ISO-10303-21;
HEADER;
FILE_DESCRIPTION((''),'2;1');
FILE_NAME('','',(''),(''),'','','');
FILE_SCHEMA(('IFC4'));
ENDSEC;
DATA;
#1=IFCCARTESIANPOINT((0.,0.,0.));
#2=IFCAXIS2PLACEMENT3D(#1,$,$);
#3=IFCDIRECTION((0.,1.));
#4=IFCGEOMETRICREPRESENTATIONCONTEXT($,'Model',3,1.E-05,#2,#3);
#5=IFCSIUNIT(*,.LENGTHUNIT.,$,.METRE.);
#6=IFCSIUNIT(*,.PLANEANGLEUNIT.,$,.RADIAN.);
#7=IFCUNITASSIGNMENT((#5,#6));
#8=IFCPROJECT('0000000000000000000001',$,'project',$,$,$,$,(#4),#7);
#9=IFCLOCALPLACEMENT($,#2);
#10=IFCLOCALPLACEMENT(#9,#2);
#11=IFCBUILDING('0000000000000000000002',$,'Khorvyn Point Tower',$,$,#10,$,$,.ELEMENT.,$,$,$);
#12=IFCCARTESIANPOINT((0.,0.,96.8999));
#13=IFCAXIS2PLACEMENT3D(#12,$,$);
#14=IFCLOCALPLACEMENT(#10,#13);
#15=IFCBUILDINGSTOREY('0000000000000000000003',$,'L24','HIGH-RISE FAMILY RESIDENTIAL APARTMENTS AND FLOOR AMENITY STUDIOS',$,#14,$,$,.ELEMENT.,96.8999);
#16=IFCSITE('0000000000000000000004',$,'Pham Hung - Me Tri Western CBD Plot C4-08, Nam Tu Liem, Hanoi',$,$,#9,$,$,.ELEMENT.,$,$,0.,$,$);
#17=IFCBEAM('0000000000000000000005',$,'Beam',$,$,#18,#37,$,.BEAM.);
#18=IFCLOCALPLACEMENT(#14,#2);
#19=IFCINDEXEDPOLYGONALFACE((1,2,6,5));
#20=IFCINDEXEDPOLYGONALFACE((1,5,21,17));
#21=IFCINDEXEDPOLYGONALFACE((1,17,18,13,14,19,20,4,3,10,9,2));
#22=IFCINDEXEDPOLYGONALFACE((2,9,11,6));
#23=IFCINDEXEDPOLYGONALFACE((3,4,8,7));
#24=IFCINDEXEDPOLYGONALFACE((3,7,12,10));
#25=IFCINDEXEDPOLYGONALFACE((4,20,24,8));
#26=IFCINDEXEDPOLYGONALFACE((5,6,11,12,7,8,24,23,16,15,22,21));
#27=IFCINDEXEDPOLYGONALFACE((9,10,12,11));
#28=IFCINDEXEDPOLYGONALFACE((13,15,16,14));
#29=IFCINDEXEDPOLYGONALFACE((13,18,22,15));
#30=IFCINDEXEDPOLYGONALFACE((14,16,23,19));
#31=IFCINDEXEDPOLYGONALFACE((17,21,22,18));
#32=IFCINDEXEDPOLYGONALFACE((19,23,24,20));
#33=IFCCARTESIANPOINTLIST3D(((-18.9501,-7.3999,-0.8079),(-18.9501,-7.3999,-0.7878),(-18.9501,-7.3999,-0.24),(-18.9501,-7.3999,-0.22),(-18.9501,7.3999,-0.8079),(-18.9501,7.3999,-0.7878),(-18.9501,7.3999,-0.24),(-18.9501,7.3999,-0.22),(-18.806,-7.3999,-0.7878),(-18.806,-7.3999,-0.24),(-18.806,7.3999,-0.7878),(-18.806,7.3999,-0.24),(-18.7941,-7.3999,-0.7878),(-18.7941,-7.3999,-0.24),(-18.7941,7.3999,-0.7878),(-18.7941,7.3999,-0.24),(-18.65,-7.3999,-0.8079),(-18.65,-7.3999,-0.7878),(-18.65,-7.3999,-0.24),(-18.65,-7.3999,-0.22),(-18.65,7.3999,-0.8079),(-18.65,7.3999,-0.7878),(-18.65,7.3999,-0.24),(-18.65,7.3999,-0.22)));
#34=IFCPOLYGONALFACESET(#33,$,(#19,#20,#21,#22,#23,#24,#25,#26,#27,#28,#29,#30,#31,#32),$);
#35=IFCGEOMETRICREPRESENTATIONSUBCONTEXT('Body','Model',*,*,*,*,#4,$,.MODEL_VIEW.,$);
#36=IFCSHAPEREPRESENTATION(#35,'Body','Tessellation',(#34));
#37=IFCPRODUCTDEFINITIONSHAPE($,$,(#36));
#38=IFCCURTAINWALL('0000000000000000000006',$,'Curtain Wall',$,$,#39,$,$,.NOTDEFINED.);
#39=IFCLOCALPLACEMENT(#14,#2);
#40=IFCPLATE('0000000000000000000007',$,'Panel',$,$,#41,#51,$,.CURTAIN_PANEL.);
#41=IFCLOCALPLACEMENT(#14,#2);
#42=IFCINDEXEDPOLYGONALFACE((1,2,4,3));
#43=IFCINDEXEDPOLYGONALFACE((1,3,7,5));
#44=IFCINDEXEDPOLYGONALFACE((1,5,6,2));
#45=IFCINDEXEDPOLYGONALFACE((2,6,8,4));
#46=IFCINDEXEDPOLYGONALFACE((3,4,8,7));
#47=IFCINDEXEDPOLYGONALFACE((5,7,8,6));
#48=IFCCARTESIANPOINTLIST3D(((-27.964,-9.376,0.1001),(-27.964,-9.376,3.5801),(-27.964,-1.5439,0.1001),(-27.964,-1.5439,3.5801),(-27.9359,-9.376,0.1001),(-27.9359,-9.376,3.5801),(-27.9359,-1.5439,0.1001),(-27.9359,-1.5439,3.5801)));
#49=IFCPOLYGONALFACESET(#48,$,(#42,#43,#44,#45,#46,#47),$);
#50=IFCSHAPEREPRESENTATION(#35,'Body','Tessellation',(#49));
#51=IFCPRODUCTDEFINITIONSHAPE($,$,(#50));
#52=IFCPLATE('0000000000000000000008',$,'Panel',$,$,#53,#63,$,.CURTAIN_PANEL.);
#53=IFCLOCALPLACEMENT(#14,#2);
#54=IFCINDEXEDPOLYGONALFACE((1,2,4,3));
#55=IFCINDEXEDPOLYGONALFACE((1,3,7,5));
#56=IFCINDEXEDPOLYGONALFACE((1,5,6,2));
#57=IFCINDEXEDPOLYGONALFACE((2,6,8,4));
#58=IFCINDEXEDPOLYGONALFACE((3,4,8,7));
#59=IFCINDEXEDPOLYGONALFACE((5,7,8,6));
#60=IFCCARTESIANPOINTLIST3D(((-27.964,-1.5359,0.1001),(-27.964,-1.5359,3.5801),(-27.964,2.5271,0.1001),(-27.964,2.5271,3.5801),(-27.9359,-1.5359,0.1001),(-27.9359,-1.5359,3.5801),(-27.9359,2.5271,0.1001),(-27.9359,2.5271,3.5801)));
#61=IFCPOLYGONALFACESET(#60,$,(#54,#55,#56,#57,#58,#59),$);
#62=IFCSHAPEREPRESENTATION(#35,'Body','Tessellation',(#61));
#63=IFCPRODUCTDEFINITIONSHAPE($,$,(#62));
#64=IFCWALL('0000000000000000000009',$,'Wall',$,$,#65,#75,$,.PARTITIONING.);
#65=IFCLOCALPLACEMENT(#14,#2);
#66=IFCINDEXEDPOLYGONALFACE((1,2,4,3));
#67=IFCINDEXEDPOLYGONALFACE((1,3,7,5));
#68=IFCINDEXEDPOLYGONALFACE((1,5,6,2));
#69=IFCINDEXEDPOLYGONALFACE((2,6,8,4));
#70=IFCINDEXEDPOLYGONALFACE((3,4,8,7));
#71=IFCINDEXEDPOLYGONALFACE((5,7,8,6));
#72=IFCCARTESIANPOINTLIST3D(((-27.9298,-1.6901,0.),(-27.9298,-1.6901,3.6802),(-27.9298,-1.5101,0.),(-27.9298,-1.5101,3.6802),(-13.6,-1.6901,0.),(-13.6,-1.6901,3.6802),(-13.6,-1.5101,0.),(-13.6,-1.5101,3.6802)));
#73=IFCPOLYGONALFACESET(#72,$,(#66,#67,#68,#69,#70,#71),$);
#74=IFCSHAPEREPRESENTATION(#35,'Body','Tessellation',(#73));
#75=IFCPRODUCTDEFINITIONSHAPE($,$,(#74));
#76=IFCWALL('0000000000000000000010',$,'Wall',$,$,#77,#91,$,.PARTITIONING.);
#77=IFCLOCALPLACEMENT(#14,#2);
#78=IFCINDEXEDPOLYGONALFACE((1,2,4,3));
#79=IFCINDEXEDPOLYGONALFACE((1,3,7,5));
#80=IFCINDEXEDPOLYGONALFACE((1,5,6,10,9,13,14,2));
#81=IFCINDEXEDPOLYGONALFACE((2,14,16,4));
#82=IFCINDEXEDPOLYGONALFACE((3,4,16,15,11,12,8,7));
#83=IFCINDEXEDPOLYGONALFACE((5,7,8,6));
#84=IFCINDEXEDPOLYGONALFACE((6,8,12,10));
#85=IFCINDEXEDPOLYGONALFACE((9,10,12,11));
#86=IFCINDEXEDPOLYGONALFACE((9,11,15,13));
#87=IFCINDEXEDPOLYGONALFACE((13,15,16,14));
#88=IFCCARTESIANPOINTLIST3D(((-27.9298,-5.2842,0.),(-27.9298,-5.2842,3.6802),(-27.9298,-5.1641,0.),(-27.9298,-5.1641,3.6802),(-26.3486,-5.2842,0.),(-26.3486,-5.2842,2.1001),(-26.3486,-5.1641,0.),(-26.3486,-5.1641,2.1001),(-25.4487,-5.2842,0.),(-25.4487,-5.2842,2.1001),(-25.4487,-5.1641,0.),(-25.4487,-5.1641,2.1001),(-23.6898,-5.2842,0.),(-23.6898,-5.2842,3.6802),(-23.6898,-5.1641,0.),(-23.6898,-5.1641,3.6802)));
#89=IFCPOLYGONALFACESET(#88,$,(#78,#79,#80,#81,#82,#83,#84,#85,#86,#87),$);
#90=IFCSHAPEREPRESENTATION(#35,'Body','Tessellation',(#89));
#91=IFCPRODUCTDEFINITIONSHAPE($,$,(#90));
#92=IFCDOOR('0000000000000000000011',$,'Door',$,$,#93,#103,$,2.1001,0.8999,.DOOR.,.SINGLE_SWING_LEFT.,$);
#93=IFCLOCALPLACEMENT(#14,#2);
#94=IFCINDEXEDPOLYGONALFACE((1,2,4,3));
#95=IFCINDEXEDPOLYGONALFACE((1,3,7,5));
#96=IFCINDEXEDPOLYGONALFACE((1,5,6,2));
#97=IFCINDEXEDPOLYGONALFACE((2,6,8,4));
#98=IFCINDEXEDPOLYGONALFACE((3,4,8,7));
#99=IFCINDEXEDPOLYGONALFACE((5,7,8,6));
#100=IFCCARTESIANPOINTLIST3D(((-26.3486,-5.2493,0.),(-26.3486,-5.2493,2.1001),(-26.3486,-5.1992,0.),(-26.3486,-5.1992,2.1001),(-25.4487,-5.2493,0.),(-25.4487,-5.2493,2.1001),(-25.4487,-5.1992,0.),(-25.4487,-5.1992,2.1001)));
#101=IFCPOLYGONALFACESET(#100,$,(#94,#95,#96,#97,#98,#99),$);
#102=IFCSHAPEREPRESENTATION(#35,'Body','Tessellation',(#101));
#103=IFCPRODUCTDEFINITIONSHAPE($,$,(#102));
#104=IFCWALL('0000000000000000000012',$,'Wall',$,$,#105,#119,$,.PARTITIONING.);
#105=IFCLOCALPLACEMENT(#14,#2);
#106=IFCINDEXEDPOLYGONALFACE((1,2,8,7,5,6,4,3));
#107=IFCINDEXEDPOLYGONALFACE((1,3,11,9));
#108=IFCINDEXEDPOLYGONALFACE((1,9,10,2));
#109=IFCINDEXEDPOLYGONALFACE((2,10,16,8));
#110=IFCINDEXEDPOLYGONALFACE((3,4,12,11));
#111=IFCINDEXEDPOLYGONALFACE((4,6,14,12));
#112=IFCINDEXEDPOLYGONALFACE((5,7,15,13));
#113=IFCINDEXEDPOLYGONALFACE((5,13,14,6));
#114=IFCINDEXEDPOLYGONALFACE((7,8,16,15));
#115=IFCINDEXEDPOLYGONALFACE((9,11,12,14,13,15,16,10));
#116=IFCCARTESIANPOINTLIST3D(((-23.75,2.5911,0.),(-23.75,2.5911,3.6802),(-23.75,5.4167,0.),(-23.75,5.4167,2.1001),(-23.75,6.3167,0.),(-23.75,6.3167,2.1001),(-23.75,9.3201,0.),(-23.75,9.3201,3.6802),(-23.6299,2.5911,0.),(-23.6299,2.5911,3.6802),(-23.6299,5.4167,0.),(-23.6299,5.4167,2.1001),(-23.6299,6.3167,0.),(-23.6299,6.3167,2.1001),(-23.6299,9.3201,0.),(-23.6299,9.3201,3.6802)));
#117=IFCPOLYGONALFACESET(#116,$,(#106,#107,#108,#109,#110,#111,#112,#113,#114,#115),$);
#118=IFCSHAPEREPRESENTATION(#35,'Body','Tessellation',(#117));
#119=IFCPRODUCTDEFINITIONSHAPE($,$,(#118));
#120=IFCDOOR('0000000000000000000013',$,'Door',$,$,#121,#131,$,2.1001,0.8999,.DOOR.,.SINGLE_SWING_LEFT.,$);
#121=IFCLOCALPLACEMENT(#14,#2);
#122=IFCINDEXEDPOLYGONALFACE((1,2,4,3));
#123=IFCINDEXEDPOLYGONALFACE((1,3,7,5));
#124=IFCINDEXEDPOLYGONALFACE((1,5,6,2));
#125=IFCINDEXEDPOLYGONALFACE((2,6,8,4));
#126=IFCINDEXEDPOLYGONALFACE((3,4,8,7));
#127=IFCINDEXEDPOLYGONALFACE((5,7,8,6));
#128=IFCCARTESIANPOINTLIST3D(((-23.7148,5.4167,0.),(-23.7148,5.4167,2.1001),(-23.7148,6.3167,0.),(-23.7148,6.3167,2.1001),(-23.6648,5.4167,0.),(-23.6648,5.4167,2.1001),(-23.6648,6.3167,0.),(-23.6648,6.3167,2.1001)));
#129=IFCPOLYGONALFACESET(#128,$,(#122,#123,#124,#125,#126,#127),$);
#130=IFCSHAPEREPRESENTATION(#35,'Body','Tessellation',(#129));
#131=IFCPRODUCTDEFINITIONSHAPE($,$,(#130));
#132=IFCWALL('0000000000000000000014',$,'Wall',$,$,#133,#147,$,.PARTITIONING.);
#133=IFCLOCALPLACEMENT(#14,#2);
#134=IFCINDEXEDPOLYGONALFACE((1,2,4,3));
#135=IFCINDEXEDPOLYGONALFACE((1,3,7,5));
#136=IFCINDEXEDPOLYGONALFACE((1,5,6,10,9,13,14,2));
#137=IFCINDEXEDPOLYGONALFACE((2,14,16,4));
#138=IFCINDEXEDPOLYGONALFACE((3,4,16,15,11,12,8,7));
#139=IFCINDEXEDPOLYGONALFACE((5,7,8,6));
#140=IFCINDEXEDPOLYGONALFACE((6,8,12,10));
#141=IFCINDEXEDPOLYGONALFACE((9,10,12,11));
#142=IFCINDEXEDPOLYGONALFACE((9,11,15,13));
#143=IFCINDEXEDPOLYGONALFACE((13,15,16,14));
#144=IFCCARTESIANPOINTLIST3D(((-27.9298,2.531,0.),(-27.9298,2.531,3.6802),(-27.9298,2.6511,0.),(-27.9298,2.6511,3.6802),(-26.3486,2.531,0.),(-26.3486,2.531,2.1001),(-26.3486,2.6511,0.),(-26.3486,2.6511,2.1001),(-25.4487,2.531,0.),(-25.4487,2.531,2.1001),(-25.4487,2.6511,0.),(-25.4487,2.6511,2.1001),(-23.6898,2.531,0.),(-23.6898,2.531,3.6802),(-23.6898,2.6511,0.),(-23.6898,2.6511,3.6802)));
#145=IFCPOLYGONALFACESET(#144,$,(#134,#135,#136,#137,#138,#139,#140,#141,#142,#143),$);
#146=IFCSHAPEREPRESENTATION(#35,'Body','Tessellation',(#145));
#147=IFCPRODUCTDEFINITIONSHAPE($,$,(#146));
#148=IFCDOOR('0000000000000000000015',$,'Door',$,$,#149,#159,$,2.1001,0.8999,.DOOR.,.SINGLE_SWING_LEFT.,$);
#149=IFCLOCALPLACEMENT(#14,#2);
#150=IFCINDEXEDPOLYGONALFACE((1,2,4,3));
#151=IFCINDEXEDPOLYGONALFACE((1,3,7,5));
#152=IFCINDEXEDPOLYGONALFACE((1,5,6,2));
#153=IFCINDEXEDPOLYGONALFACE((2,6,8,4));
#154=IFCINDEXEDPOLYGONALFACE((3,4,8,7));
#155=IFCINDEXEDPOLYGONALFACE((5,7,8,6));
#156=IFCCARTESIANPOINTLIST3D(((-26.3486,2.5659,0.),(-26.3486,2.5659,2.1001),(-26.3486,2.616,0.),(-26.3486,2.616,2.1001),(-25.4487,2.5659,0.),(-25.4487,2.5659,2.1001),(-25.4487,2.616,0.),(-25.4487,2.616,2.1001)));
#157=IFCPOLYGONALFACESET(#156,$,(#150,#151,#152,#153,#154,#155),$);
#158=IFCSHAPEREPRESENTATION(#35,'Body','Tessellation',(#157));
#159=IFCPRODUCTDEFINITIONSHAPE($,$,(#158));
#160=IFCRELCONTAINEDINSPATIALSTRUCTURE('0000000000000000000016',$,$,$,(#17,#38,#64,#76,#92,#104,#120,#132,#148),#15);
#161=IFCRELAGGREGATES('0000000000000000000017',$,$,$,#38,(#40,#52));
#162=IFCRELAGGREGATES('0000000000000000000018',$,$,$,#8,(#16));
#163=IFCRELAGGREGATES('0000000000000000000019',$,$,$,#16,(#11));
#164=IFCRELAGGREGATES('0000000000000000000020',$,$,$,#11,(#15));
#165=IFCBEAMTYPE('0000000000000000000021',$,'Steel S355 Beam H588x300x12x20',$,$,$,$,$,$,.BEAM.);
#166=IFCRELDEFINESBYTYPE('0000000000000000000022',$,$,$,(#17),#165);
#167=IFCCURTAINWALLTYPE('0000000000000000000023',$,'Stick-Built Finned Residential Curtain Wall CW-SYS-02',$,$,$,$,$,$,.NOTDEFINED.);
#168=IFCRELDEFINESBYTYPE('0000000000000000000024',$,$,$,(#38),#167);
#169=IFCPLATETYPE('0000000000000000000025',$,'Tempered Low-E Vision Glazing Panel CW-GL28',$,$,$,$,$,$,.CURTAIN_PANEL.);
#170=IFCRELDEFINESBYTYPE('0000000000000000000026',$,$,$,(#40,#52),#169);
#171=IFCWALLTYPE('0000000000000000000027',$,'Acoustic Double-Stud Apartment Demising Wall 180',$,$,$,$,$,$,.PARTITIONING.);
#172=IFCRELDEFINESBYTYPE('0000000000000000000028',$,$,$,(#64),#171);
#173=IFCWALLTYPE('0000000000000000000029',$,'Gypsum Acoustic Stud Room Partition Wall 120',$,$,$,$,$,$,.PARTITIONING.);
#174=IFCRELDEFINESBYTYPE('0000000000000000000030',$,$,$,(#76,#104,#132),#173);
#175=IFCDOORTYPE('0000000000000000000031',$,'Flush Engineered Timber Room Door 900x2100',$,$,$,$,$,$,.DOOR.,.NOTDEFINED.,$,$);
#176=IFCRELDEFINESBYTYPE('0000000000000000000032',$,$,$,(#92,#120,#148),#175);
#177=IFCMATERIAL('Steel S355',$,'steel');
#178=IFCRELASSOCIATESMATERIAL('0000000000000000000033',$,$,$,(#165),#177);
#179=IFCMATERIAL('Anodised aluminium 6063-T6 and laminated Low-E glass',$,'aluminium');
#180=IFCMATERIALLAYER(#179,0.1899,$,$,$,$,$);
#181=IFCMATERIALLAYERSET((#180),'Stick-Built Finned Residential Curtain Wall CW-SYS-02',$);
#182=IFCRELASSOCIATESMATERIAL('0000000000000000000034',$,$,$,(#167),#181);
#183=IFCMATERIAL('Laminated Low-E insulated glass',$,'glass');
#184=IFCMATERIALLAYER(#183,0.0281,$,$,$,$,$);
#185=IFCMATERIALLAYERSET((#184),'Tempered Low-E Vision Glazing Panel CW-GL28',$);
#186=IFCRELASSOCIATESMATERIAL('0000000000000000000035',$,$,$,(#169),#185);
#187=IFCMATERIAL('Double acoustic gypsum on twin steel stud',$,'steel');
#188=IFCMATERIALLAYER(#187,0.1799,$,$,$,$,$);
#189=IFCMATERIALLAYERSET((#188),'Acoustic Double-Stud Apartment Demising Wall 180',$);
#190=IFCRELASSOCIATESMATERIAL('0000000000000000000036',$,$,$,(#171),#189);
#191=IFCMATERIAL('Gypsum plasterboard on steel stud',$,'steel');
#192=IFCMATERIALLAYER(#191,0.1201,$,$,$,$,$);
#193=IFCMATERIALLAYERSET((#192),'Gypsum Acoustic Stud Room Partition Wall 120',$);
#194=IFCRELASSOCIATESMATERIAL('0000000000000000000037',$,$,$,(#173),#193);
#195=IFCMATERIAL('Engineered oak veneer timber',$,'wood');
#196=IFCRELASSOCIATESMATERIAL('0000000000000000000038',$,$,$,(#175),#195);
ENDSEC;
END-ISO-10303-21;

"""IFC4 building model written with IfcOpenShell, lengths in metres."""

from ifc_helpers import new_model, si_unit, direction, frame, frame_2d, origin, origin_2d, place, context, subcontext, project, spatial, rectangle, i_section, extrude, material, layer, layer_set, material_profile, profile_set, type_object, element, fill, aggregate, save


model = new_model("IFC4")

# Units and contexts
model_context = context("Model", 3, precision=1e-05, world=origin(), true_north=direction((0.0, 1.0)))
body_context = subcontext(model_context, "Body", "Model", "MODEL_VIEW")
ifc_project = project(units=[si_unit("LENGTHUNIT", "METRE"), si_unit("PLANEANGLEUNIT", "RADIAN")], contexts=[model_context])

# Site, building, storey
site_placement = place(None, origin())
site = spatial("IfcSite", under=ifc_project, at=site_placement, Name="Pham Hung - Me Tri Western CBD Plot C4-08, Nam Tu Liem, Hanoi", CompositionType="ELEMENT", RefElevation=0.0)
building_placement = place(site_placement, origin())
building = spatial("IfcBuilding", under=site, at=building_placement, Name="Khorvyn Point Tower", CompositionType="ELEMENT")
storey_placement = place(building_placement, frame((0.0, 0.0, 96.8999)))
storey = spatial("IfcBuildingStorey", under=building, at=storey_placement, Name="L24", Description="HIGH-RISE FAMILY RESIDENTIAL APARTMENTS AND FLOOR AMENITY STUDIOS", CompositionType="ELEMENT", Elevation=96.8999)

# Beam
ifc_material_1 = material(Name="Steel S355", Category="steel")
ifc_material_profile = material_profile(ifc_material_1, i_section(OverallWidth=0.3, OverallDepth=0.5879, WebThickness=0.012, FlangeThickness=0.02, at=origin_2d()))
ifc_profile_set = profile_set([ifc_material_profile], Name="Steel S355 H588x300x12x20")
beam_type = type_object("IfcBeamType", Name="Steel S355 Beam H588x300x12x20", PredefinedType="BEAM", material=ifc_profile_set)
beam_placement = place(storey_placement, frame((-18.8, -7.3999, -0.5139), z_axis=(0.0, 1.0, 0.0), x_axis=(-1.0, 0.0, 0.0)))
element("IfcBeam", 1, at=beam_placement, inside=storey, type_object=beam_type, Name="Beam", PredefinedType="BEAM", context=body_context, shape_type="SweptSolid", body=[
    extrude(i_section(OverallWidth=0.3, OverallDepth=0.5879, WebThickness=0.012, FlangeThickness=0.02, at=origin_2d()), origin(), (0.0, 0.0, 1.0), 14.7998),
])

# Curtain wall, plates
ifc_material_2 = material(Name="Anodised aluminium 6063-T6 and laminated Low-E glass", Category="aluminium")
ifc_layer_1 = layer(ifc_material_2, 0.1899)
ifc_layer_set_1 = layer_set([ifc_layer_1], Name="Stick-Built Finned Residential Curtain Wall CW-SYS-02")
curtain_wall_type = type_object("IfcCurtainWallType", Name="Stick-Built Finned Residential Curtain Wall CW-SYS-02", PredefinedType="NOTDEFINED", material=ifc_layer_set_1)
curtain_wall_placement = place(storey_placement, origin())
curtain_wall = element("IfcCurtainWall", 2, at=curtain_wall_placement, inside=storey, type_object=curtain_wall_type, Name="Curtain Wall", PredefinedType="NOTDEFINED")
ifc_material_3 = material(Name="Laminated Low-E insulated glass", Category="glass")
ifc_layer_2 = layer(ifc_material_3, 0.0281)
ifc_layer_set_2 = layer_set([ifc_layer_2], Name="Tempered Low-E Vision Glazing Panel CW-GL28")
plate_type = type_object("IfcPlateType", Name="Tempered Low-E Vision Glazing Panel CW-GL28", PredefinedType="CURTAIN_PANEL", material=ifc_layer_set_2)
plate_1_placement = place(storey_placement, frame((-27.95, -5.46, 0.1001), z_axis=(0.0, 0.0, 1.0), x_axis=(0.0, 1.0, 0.0)))
plate_1 = element("IfcPlate", 3, at=plate_1_placement, type_object=plate_type, Name="Panel", PredefinedType="CURTAIN_PANEL", context=body_context, shape_type="SweptSolid", body=[
    extrude(rectangle(XDim=7.832, YDim=0.0281, at=origin_2d()), origin(), (0.0, 0.0, 1.0), 3.48),
])
plate_2_placement = place(storey_placement, frame((-27.95, 0.4956, 0.1001), z_axis=(0.0, 0.0, 1.0), x_axis=(0.0, 1.0, 0.0)))
plate_2 = element("IfcPlate", 4, at=plate_2_placement, type_object=plate_type, Name="Panel", PredefinedType="CURTAIN_PANEL", context=body_context, shape_type="SweptSolid", body=[
    extrude(rectangle(XDim=4.063, YDim=0.0281, at=origin_2d()), origin(), (0.0, 0.0, 1.0), 3.48),
])
aggregate(curtain_wall, [plate_1, plate_2])

# Wall
ifc_material_4 = material(Name="Double acoustic gypsum on twin steel stud", Category="steel")
ifc_layer_3 = layer(ifc_material_4, 0.1799)
ifc_layer_set_3 = layer_set([ifc_layer_3], Name="Acoustic Double-Stud Apartment Demising Wall 180")
wall_type_1 = type_object("IfcWallType", Name="Acoustic Double-Stud Apartment Demising Wall 180", PredefinedType="PARTITIONING", material=ifc_layer_set_3)
wall_1_placement = place(storey_placement, frame((-27.9299, -1.6001, 0.0), z_axis=(0.0, 0.0, 1.0), x_axis=(1.0, 0.0, 0.0)))
element("IfcWall", 5, at=wall_1_placement, inside=storey, type_object=wall_type_1, Name="Wall", PredefinedType="PARTITIONING", context=body_context, shape_type="SweptSolid", body=[
    extrude(rectangle(XDim=14.3298, YDim=0.1799, at=frame_2d((7.165, 0.0))), origin(), (0.0, 0.0, 1.0), 3.6802),
])

# Walls, openings, doors
ifc_material_5 = material(Name="Gypsum plasterboard on steel stud", Category="steel")
ifc_layer_4 = layer(ifc_material_5, 0.1201)
ifc_layer_set_4 = layer_set([ifc_layer_4], Name="Gypsum Acoustic Stud Room Partition Wall 120")
wall_type_2 = type_object("IfcWallType", Name="Gypsum Acoustic Stud Room Partition Wall 120", PredefinedType="PARTITIONING", material=ifc_layer_set_4)
wall_2_placement = place(storey_placement, frame((-27.9299, -5.2241, 0.0), z_axis=(0.0, 0.0, 1.0), x_axis=(1.0, 0.0, 0.0)))
wall_2 = element("IfcWall", 6, at=wall_2_placement, inside=storey, type_object=wall_type_2, Name="Wall", PredefinedType="PARTITIONING", context=body_context, shape_type="SweptSolid", body=[
    extrude(rectangle(XDim=4.24, YDim=0.1201, at=frame_2d((2.1201, 0.0))), origin(), (0.0, 0.0, 1.0), 3.6802),
])
opening_1_placement = place(wall_2_placement, frame((1.5813, 0.0, 0.0)))
opening_1 = element("IfcOpeningElement", 7, at=opening_1_placement, cuts=wall_2, PredefinedType="OPENING", context=body_context, shape_type="SweptSolid", body=[
    extrude(rectangle(XDim=0.8999, YDim=2.1001, at=frame_2d((0.45, 1.05))), frame((0.0, 0.0701, 0.0), z_axis=(0.0, -1.0, 0.0), x_axis=(1.0, 0.0, 0.0)), (0.0, 0.0, 1.0), 0.1401),
])
ifc_material_6 = material(Name="Engineered oak veneer timber", Category="wood")
door_type_1 = type_object("IfcDoorType", Name="Flush Engineered Timber Room Door 900x2100", OperationType="NOTDEFINED", PredefinedType="DOOR", material=ifc_material_6)
door_1_placement = place(opening_1_placement, origin())
door_1 = element("IfcDoor", 8, at=door_1_placement, inside=storey, type_object=door_type_1, Name="Door", OperationType="SINGLE_SWING_LEFT", OverallHeight=2.1001, OverallWidth=0.8999, PredefinedType="DOOR", context=body_context, shape_type="SweptSolid", body=[
    extrude(rectangle(XDim=0.8999, YDim=2.1001, at=frame_2d((0.45, 1.05))), frame((0.0, 0.0249, 0.0), z_axis=(0.0, -1.0, 0.0), x_axis=(1.0, 0.0, 0.0)), (0.0, 0.0, 1.0), 0.05),
])
fill(opening_1, door_1)
wall_3_placement = place(storey_placement, frame((-23.6899, 2.5911, 0.0), z_axis=(0.0, 0.0, 1.0), x_axis=(0.0, 1.0, 0.0)))
wall_3 = element("IfcWall", 9, at=wall_3_placement, inside=storey, type_object=wall_type_2, Name="Wall", PredefinedType="PARTITIONING", context=body_context, shape_type="SweptSolid", body=[
    extrude(rectangle(XDim=6.729, YDim=0.1201, at=frame_2d((3.3645, 0.0))), origin(), (0.0, 0.0, 1.0), 3.6802),
])
opening_2_placement = place(wall_3_placement, frame((2.8257, 0.0, 0.0)))
opening_2 = element("IfcOpeningElement", 10, at=opening_2_placement, cuts=wall_3, PredefinedType="OPENING", context=body_context, shape_type="SweptSolid", body=[
    extrude(rectangle(XDim=0.8999, YDim=2.1001, at=frame_2d((0.45, 1.05))), frame((0.0, 0.0701, 0.0), z_axis=(0.0, -1.0, 0.0), x_axis=(1.0, 0.0, 0.0)), (0.0, 0.0, 1.0), 0.1401),
])
door_2_placement = place(opening_2_placement, origin())
door_2 = element("IfcDoor", 11, at=door_2_placement, inside=storey, type_object=door_type_1, Name="Door", OperationType="SINGLE_SWING_LEFT", OverallHeight=2.1001, OverallWidth=0.8999, PredefinedType="DOOR", context=body_context, shape_type="SweptSolid", body=[
    extrude(rectangle(XDim=0.8999, YDim=2.1001, at=frame_2d((0.45, 1.05))), frame((0.0, 0.0249, 0.0), z_axis=(0.0, -1.0, 0.0), x_axis=(1.0, 0.0, 0.0)), (0.0, 0.0, 1.0), 0.05),
])
fill(opening_2, door_2)
wall_4_placement = place(storey_placement, frame((-27.9299, 2.5911, 0.0), z_axis=(0.0, 0.0, 1.0), x_axis=(1.0, 0.0, 0.0)))
wall_4 = element("IfcWall", 12, at=wall_4_placement, inside=storey, type_object=wall_type_2, Name="Wall", PredefinedType="PARTITIONING", context=body_context, shape_type="SweptSolid", body=[
    extrude(rectangle(XDim=4.24, YDim=0.1201, at=frame_2d((2.1201, 0.0))), origin(), (0.0, 0.0, 1.0), 3.6802),
])
opening_3_placement = place(wall_4_placement, frame((1.5813, 0.0, 0.0)))
opening_3 = element("IfcOpeningElement", 13, at=opening_3_placement, cuts=wall_4, PredefinedType="OPENING", context=body_context, shape_type="SweptSolid", body=[
    extrude(rectangle(XDim=0.8999, YDim=2.1001, at=frame_2d((0.45, 1.05))), frame((0.0, 0.0701, 0.0), z_axis=(0.0, -1.0, 0.0), x_axis=(1.0, 0.0, 0.0)), (0.0, 0.0, 1.0), 0.1401),
])
door_3_placement = place(opening_3_placement, origin())
door_3 = element("IfcDoor", 14, at=door_3_placement, inside=storey, type_object=door_type_1, Name="Door", OperationType="SINGLE_SWING_LEFT", OverallHeight=2.1001, OverallWidth=0.8999, PredefinedType="DOOR", context=body_context, shape_type="SweptSolid", body=[
    extrude(rectangle(XDim=0.8999, YDim=2.1001, at=frame_2d((0.45, 1.05))), frame((0.0, 0.0249, 0.0), z_axis=(0.0, -1.0, 0.0), x_axis=(1.0, 0.0, 0.0)), (0.0, 0.0, 1.0), 0.05),
])
fill(opening_3, door_3)

save(model, "model.ifc")
